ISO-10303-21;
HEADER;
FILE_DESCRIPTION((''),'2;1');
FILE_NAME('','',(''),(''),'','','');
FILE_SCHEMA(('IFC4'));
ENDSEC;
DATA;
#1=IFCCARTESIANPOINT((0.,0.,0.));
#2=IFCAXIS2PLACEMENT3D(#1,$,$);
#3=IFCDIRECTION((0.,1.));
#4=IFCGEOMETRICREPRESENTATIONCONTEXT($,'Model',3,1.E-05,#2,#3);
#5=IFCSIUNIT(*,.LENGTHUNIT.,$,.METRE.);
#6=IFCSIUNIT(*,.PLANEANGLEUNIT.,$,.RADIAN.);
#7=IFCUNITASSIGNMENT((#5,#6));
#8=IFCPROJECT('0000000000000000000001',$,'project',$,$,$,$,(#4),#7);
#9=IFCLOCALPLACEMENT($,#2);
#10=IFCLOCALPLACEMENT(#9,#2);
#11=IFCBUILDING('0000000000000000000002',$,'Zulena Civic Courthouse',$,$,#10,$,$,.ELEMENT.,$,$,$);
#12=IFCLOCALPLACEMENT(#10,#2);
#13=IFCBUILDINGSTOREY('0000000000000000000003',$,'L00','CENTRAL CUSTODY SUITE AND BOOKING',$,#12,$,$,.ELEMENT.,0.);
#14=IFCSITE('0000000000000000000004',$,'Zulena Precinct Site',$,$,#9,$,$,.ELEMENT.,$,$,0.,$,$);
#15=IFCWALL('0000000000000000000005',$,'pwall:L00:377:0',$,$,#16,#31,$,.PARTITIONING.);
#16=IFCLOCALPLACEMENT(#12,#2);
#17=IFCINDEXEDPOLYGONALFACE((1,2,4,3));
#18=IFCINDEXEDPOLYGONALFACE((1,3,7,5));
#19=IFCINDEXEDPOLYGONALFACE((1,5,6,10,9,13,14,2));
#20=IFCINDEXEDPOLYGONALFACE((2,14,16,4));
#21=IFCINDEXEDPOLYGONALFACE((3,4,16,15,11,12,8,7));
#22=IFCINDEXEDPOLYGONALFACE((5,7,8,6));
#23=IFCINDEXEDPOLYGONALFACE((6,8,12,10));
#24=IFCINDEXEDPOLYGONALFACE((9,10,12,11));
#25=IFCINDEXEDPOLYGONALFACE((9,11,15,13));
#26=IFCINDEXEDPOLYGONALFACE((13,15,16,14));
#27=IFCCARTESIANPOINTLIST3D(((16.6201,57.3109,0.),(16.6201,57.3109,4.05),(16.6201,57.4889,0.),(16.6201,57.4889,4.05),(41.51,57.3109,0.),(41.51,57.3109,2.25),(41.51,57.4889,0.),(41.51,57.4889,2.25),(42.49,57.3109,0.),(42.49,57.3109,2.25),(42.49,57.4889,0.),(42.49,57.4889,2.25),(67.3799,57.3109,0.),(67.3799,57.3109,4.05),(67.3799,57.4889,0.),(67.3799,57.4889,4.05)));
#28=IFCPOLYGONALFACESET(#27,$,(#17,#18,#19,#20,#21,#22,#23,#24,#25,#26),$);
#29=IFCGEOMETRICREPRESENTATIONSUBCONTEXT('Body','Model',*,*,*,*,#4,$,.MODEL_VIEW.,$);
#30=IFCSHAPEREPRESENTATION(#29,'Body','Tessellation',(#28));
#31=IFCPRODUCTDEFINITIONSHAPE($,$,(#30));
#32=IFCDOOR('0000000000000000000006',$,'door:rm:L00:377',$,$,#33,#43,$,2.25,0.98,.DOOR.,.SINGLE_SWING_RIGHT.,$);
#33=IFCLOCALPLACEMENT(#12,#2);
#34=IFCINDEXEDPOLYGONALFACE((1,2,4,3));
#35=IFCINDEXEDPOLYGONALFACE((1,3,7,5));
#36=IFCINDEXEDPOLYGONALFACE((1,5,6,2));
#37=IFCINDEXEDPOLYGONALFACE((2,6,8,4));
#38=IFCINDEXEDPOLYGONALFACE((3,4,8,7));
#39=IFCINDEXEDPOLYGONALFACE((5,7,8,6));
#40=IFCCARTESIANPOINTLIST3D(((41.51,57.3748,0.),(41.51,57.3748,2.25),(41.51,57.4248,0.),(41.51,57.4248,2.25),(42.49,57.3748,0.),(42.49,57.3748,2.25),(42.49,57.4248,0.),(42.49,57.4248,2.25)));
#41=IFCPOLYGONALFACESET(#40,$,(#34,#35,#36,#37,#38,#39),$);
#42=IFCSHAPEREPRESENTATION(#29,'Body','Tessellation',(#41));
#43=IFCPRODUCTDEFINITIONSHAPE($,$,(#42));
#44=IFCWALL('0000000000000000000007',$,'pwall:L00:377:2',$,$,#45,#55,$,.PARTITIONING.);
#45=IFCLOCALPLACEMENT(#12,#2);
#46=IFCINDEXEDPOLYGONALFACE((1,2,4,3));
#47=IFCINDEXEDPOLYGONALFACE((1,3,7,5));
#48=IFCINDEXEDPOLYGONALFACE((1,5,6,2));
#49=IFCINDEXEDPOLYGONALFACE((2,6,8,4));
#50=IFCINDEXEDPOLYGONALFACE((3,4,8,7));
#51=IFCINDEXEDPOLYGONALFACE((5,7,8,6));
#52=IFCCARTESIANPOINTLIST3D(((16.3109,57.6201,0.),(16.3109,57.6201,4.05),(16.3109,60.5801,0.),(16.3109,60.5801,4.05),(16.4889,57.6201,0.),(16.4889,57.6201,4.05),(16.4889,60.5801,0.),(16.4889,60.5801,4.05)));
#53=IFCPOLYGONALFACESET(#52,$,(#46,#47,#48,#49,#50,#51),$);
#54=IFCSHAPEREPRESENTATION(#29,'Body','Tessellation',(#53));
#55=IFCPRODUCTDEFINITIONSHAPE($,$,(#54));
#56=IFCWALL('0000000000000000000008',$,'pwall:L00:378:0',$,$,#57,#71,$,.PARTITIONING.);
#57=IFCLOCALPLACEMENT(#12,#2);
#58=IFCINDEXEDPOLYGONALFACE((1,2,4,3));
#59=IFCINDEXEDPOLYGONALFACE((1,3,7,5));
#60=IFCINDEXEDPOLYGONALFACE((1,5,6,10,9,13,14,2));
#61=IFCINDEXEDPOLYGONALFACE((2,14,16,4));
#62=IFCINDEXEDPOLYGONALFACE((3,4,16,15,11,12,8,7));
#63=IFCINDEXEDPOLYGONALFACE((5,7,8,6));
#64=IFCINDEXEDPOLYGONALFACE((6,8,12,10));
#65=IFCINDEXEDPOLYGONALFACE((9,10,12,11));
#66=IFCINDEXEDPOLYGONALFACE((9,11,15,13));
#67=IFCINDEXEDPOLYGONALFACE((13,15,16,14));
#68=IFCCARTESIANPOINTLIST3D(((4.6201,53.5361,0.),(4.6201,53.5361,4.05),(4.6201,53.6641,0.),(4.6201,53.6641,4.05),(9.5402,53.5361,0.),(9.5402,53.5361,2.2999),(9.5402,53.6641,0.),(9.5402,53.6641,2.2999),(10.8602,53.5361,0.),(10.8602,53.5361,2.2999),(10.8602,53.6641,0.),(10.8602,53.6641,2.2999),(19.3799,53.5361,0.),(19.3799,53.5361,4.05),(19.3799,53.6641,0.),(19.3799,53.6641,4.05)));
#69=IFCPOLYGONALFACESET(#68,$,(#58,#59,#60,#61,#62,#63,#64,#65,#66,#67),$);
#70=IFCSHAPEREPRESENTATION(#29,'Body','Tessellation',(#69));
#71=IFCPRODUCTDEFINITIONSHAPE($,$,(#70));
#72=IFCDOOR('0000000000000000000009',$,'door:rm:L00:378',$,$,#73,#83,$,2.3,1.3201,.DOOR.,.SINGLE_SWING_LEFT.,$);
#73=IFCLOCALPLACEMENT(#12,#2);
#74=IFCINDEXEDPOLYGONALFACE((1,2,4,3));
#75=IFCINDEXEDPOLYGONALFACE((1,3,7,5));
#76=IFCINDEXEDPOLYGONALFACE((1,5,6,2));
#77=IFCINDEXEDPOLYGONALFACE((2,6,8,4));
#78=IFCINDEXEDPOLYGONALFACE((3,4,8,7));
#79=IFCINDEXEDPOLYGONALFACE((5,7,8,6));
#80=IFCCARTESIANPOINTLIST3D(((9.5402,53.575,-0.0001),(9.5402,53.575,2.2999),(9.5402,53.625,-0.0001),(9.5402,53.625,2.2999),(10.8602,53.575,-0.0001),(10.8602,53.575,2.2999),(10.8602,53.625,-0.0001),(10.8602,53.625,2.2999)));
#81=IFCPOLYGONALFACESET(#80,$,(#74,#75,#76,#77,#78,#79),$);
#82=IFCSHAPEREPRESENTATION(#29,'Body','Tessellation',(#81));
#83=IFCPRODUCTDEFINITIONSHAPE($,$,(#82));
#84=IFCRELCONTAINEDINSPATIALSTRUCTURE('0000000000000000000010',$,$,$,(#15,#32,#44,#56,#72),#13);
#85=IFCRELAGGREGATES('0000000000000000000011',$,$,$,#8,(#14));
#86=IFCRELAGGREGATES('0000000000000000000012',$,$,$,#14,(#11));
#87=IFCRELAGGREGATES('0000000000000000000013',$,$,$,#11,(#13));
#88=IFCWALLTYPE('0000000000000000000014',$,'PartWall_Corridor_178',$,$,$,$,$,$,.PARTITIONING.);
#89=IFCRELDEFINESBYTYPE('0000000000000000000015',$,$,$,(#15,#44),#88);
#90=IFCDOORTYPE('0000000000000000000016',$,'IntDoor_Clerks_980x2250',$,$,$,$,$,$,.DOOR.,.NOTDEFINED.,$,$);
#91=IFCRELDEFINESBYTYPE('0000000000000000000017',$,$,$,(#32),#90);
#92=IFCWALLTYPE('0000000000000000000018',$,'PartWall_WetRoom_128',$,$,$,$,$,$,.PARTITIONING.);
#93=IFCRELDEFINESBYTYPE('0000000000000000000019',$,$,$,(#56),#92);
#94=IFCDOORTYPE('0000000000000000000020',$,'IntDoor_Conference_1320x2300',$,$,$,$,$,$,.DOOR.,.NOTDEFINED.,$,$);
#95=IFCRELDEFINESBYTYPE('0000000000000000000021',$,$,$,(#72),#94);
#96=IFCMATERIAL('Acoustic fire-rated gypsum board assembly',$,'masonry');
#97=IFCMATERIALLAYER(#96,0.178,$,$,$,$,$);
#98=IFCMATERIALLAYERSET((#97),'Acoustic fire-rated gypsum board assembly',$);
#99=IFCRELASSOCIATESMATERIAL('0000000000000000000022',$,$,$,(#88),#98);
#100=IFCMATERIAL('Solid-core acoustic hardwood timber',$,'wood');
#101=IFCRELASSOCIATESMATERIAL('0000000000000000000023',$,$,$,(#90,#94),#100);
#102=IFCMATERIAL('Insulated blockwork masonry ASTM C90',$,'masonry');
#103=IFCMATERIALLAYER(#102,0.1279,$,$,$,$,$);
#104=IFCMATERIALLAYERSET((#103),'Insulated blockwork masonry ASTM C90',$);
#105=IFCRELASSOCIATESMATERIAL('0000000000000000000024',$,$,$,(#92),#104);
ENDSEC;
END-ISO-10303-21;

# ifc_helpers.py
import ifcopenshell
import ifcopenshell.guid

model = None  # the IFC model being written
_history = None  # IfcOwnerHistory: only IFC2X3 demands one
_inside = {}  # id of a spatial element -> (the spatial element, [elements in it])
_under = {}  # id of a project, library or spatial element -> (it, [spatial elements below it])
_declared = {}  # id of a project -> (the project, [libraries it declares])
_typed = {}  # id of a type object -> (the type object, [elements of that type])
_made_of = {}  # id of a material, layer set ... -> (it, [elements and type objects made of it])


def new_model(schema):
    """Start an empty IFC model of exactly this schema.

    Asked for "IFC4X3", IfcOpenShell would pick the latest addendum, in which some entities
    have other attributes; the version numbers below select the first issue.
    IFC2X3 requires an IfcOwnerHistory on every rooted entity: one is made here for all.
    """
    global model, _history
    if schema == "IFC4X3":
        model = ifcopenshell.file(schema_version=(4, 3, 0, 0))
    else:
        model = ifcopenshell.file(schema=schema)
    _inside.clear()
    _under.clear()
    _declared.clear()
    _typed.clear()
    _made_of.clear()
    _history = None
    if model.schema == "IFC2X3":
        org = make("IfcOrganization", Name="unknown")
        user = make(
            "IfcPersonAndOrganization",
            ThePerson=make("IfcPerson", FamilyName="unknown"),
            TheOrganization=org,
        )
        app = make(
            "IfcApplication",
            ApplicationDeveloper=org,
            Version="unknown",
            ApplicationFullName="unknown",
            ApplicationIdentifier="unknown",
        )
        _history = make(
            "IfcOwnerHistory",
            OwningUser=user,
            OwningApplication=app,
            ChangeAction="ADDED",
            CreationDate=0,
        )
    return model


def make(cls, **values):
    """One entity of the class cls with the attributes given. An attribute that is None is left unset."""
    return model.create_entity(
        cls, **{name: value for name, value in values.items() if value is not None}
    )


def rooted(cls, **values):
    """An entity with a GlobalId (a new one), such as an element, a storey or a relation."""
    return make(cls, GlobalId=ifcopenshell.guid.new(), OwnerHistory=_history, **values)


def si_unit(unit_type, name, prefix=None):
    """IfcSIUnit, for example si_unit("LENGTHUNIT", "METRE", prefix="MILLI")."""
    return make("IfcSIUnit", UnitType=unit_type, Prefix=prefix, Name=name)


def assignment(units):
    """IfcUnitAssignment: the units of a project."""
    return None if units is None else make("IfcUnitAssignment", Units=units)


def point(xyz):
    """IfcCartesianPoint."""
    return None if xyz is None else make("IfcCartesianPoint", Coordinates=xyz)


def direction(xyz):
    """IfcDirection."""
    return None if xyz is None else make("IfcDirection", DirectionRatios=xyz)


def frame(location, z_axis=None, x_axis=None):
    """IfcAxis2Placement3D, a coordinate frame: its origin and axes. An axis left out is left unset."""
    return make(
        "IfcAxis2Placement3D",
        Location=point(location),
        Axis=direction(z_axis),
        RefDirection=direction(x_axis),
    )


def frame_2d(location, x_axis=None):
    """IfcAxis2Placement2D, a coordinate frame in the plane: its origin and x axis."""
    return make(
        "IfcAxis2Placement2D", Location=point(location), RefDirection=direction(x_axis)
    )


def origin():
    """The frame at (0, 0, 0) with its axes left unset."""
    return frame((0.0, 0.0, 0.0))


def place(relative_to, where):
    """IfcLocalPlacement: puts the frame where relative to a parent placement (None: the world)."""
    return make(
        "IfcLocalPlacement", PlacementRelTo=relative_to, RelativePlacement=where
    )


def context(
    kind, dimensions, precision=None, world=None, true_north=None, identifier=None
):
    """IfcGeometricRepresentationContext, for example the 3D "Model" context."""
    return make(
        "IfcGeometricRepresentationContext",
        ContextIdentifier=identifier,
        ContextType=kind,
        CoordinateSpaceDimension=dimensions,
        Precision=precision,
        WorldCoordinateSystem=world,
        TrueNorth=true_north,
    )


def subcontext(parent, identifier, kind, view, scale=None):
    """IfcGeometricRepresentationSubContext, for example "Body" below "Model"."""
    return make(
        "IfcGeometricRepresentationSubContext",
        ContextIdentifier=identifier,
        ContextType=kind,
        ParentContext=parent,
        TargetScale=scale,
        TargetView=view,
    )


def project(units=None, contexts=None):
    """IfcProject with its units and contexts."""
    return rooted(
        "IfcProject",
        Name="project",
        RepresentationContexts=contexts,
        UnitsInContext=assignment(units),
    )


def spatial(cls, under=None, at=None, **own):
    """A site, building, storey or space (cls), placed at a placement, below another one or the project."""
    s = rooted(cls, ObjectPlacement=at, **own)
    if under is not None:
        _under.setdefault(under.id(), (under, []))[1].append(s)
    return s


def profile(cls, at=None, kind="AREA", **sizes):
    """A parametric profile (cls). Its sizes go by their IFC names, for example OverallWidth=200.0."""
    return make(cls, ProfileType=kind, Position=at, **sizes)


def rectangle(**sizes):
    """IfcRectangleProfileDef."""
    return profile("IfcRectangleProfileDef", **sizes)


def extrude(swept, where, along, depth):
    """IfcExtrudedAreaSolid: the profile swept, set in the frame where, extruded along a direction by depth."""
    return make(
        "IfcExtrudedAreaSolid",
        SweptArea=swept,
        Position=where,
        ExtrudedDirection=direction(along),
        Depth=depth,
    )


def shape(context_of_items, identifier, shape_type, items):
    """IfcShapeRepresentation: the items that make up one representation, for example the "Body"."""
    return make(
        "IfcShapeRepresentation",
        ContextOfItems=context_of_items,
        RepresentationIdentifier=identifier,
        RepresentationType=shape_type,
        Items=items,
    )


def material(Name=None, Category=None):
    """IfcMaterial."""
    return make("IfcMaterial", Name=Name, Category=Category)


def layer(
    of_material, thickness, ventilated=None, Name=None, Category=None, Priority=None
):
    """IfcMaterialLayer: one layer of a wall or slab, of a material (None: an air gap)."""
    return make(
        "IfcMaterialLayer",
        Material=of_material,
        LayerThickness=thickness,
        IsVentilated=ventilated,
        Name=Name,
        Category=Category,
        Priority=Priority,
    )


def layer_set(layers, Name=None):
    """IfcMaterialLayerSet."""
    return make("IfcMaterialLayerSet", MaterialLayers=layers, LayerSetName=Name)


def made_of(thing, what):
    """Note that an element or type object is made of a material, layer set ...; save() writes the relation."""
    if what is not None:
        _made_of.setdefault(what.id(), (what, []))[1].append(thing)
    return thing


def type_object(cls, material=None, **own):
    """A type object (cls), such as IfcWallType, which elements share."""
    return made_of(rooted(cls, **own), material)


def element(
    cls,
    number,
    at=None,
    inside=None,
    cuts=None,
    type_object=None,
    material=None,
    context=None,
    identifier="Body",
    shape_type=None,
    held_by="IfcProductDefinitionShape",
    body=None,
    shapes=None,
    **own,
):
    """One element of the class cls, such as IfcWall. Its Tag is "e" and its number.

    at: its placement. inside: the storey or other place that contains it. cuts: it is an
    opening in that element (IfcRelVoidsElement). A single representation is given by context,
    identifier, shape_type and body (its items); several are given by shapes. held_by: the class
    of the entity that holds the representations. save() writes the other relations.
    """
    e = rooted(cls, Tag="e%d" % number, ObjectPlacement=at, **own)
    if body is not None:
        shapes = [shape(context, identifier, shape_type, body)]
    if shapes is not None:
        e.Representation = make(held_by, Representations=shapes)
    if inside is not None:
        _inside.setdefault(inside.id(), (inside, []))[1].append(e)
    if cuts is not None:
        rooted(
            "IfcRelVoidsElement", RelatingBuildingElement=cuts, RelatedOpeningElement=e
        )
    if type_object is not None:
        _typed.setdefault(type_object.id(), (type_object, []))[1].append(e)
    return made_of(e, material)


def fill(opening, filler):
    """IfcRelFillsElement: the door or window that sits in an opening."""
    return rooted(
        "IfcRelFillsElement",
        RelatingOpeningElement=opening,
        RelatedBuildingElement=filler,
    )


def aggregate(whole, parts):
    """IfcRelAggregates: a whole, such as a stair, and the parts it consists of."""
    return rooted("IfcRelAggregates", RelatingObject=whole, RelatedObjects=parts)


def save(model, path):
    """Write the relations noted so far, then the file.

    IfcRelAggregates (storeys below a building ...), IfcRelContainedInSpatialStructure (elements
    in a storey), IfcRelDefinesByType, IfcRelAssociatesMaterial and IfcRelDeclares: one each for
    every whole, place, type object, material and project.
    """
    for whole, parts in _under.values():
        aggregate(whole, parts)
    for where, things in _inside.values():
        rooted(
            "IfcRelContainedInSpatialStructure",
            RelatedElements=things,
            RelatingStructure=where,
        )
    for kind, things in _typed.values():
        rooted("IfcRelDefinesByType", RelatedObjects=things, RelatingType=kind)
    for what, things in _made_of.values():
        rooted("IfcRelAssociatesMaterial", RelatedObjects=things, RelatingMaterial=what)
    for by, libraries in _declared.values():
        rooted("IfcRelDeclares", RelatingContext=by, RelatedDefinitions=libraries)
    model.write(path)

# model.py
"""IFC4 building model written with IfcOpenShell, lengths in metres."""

from ifc_helpers import new_model, si_unit, direction, frame, frame_2d, origin, place, context, subcontext, project, spatial, rectangle, extrude, material, layer, layer_set, type_object, element, fill, save


model = new_model("IFC4")

# Units and contexts
model_context = context("Model", 3, precision=1e-05, world=origin(), true_north=direction((0.0, 1.0)))
body_context = subcontext(model_context, "Body", "Model", "MODEL_VIEW")
ifc_project = project(units=[si_unit("LENGTHUNIT", "METRE"), si_unit("PLANEANGLEUNIT", "RADIAN")], contexts=[model_context])

# Site, building, storey
site_placement = place(None, origin())
site = spatial("IfcSite", under=ifc_project, at=site_placement, Name="Zulena Precinct Site", CompositionType="ELEMENT", RefElevation=0.0)
building_placement = place(site_placement, origin())
building = spatial("IfcBuilding", under=site, at=building_placement, Name="Zulena Civic Courthouse", CompositionType="ELEMENT")
storey_placement = place(building_placement, origin())
storey = spatial("IfcBuildingStorey", under=building, at=storey_placement, Name="L00", Description="CENTRAL CUSTODY SUITE AND BOOKING", CompositionType="ELEMENT", Elevation=0.0)

# Wall, opening, door
ifc_material_1 = material(Name="Acoustic fire-rated gypsum board assembly", Category="masonry")
ifc_layer_1 = layer(ifc_material_1, 0.178)
ifc_layer_set_1 = layer_set([ifc_layer_1], Name="Acoustic fire-rated gypsum board assembly")
wall_type_1 = type_object("IfcWallType", Name="PartWall_Corridor_178", PredefinedType="PARTITIONING", material=ifc_layer_set_1)
wall_1_placement = place(storey_placement, frame((16.6201, 57.3999, 0.0), z_axis=(0.0, 0.0, 1.0), x_axis=(1.0, 0.0, 0.0)))
wall_1 = element("IfcWall", 1, at=wall_1_placement, inside=storey, type_object=wall_type_1, Name="pwall:L00:377:0", PredefinedType="PARTITIONING", context=body_context, shape_type="SweptSolid", body=[
    extrude(rectangle(XDim=50.7598, YDim=0.178, at=frame_2d((25.3799, 0.0))), origin(), (0.0, 0.0, 1.0), 4.05),
])
opening_1_placement = place(wall_1_placement, frame((24.8899, 0.0, 0.0)))
opening_1 = element("IfcOpeningElement", 2, at=opening_1_placement, cuts=wall_1, PredefinedType="OPENING", context=body_context, shape_type="SweptSolid", body=[
    extrude(rectangle(XDim=0.98, YDim=2.25, at=frame_2d((0.49, 1.125))), frame((0.0, 0.0989, 0.0), z_axis=(0.0, -1.0, 0.0), x_axis=(1.0, 0.0, 0.0)), (0.0, 0.0, 1.0), 0.198),
])
ifc_material_2 = material(Name="Solid-core acoustic hardwood timber", Category="wood")
door_type_1 = type_object("IfcDoorType", Name="IntDoor_Clerks_980x2250", OperationType="NOTDEFINED", PredefinedType="DOOR", material=ifc_material_2)
door_1_placement = place(opening_1_placement, origin())
door_1 = element("IfcDoor", 3, at=door_1_placement, inside=storey, type_object=door_type_1, Name="door:rm:L00:377", OperationType="SINGLE_SWING_RIGHT", OverallHeight=2.25, OverallWidth=0.98, PredefinedType="DOOR", context=body_context, shape_type="SweptSolid", body=[
    extrude(rectangle(XDim=0.98, YDim=2.25, at=frame_2d((0.49, 1.125))), frame((0.0, 0.0249, 0.0), z_axis=(0.0, -1.0, 0.0), x_axis=(1.0, 0.0, 0.0)), (0.0, 0.0, 1.0), 0.05),
])
fill(opening_1, door_1)

# Wall
wall_2_placement = place(storey_placement, frame((16.3999, 57.6201, 0.0), z_axis=(0.0, 0.0, 1.0), x_axis=(0.0, 1.0, 0.0)))
element("IfcWall", 4, at=wall_2_placement, inside=storey, type_object=wall_type_1, Name="pwall:L00:377:2", PredefinedType="PARTITIONING", context=body_context, shape_type="SweptSolid", body=[
    extrude(rectangle(XDim=2.96, YDim=0.178, at=frame_2d((1.48, 0.0))), origin(), (0.0, 0.0, 1.0), 4.05),
])

# Wall, opening, door
ifc_material_3 = material(Name="Insulated blockwork masonry ASTM C90", Category="masonry")
ifc_layer_2 = layer(ifc_material_3, 0.1279)
ifc_layer_set_2 = layer_set([ifc_layer_2], Name="Insulated blockwork masonry ASTM C90")
wall_type_2 = type_object("IfcWallType", Name="PartWall_WetRoom_128", PredefinedType="PARTITIONING", material=ifc_layer_set_2)
wall_3_placement = place(storey_placement, frame((4.6201, 53.6001, 0.0), z_axis=(0.0, 0.0, 1.0), x_axis=(1.0, 0.0, 0.0)))
wall_3 = element("IfcWall", 5, at=wall_3_placement, inside=storey, type_object=wall_type_2, Name="pwall:L00:378:0", PredefinedType="PARTITIONING", context=body_context, shape_type="SweptSolid", body=[
    extrude(rectangle(XDim=14.7598, YDim=0.1279, at=frame_2d((7.3799, 0.0))), origin(), (0.0, 0.0, 1.0), 4.05),
])
opening_2_placement = place(wall_3_placement, frame((4.9199, 0.0, 0.0)))
opening_2 = element("IfcOpeningElement", 6, at=opening_2_placement, cuts=wall_3, PredefinedType="OPENING", context=body_context, shape_type="SweptSolid", body=[
    extrude(rectangle(XDim=1.3201, YDim=2.3, at=frame_2d((0.6602, 1.1499))), frame((0.0, 0.074, 0.0), z_axis=(0.0, -1.0, 0.0), x_axis=(1.0, 0.0, 0.0)), (0.0, 0.0, 1.0), 0.1479),
])
door_type_2 = type_object("IfcDoorType", Name="IntDoor_Conference_1320x2300", OperationType="NOTDEFINED", PredefinedType="DOOR", material=ifc_material_2)
door_2_placement = place(opening_2_placement, origin())
door_2 = element("IfcDoor", 7, at=door_2_placement, inside=storey, type_object=door_type_2, Name="door:rm:L00:378", OperationType="SINGLE_SWING_LEFT", OverallHeight=2.3, OverallWidth=1.3201, PredefinedType="DOOR", context=body_context, shape_type="SweptSolid", body=[
    extrude(rectangle(XDim=1.3201, YDim=2.3, at=frame_2d((0.6602, 1.1499))), frame((0.0, 0.0249, 0.0), z_axis=(0.0, -1.0, 0.0), x_axis=(1.0, 0.0, 0.0)), (0.0, 0.0, 1.0), 0.05),
])
fill(opening_2, door_2)

save(model, "model.ifc")
